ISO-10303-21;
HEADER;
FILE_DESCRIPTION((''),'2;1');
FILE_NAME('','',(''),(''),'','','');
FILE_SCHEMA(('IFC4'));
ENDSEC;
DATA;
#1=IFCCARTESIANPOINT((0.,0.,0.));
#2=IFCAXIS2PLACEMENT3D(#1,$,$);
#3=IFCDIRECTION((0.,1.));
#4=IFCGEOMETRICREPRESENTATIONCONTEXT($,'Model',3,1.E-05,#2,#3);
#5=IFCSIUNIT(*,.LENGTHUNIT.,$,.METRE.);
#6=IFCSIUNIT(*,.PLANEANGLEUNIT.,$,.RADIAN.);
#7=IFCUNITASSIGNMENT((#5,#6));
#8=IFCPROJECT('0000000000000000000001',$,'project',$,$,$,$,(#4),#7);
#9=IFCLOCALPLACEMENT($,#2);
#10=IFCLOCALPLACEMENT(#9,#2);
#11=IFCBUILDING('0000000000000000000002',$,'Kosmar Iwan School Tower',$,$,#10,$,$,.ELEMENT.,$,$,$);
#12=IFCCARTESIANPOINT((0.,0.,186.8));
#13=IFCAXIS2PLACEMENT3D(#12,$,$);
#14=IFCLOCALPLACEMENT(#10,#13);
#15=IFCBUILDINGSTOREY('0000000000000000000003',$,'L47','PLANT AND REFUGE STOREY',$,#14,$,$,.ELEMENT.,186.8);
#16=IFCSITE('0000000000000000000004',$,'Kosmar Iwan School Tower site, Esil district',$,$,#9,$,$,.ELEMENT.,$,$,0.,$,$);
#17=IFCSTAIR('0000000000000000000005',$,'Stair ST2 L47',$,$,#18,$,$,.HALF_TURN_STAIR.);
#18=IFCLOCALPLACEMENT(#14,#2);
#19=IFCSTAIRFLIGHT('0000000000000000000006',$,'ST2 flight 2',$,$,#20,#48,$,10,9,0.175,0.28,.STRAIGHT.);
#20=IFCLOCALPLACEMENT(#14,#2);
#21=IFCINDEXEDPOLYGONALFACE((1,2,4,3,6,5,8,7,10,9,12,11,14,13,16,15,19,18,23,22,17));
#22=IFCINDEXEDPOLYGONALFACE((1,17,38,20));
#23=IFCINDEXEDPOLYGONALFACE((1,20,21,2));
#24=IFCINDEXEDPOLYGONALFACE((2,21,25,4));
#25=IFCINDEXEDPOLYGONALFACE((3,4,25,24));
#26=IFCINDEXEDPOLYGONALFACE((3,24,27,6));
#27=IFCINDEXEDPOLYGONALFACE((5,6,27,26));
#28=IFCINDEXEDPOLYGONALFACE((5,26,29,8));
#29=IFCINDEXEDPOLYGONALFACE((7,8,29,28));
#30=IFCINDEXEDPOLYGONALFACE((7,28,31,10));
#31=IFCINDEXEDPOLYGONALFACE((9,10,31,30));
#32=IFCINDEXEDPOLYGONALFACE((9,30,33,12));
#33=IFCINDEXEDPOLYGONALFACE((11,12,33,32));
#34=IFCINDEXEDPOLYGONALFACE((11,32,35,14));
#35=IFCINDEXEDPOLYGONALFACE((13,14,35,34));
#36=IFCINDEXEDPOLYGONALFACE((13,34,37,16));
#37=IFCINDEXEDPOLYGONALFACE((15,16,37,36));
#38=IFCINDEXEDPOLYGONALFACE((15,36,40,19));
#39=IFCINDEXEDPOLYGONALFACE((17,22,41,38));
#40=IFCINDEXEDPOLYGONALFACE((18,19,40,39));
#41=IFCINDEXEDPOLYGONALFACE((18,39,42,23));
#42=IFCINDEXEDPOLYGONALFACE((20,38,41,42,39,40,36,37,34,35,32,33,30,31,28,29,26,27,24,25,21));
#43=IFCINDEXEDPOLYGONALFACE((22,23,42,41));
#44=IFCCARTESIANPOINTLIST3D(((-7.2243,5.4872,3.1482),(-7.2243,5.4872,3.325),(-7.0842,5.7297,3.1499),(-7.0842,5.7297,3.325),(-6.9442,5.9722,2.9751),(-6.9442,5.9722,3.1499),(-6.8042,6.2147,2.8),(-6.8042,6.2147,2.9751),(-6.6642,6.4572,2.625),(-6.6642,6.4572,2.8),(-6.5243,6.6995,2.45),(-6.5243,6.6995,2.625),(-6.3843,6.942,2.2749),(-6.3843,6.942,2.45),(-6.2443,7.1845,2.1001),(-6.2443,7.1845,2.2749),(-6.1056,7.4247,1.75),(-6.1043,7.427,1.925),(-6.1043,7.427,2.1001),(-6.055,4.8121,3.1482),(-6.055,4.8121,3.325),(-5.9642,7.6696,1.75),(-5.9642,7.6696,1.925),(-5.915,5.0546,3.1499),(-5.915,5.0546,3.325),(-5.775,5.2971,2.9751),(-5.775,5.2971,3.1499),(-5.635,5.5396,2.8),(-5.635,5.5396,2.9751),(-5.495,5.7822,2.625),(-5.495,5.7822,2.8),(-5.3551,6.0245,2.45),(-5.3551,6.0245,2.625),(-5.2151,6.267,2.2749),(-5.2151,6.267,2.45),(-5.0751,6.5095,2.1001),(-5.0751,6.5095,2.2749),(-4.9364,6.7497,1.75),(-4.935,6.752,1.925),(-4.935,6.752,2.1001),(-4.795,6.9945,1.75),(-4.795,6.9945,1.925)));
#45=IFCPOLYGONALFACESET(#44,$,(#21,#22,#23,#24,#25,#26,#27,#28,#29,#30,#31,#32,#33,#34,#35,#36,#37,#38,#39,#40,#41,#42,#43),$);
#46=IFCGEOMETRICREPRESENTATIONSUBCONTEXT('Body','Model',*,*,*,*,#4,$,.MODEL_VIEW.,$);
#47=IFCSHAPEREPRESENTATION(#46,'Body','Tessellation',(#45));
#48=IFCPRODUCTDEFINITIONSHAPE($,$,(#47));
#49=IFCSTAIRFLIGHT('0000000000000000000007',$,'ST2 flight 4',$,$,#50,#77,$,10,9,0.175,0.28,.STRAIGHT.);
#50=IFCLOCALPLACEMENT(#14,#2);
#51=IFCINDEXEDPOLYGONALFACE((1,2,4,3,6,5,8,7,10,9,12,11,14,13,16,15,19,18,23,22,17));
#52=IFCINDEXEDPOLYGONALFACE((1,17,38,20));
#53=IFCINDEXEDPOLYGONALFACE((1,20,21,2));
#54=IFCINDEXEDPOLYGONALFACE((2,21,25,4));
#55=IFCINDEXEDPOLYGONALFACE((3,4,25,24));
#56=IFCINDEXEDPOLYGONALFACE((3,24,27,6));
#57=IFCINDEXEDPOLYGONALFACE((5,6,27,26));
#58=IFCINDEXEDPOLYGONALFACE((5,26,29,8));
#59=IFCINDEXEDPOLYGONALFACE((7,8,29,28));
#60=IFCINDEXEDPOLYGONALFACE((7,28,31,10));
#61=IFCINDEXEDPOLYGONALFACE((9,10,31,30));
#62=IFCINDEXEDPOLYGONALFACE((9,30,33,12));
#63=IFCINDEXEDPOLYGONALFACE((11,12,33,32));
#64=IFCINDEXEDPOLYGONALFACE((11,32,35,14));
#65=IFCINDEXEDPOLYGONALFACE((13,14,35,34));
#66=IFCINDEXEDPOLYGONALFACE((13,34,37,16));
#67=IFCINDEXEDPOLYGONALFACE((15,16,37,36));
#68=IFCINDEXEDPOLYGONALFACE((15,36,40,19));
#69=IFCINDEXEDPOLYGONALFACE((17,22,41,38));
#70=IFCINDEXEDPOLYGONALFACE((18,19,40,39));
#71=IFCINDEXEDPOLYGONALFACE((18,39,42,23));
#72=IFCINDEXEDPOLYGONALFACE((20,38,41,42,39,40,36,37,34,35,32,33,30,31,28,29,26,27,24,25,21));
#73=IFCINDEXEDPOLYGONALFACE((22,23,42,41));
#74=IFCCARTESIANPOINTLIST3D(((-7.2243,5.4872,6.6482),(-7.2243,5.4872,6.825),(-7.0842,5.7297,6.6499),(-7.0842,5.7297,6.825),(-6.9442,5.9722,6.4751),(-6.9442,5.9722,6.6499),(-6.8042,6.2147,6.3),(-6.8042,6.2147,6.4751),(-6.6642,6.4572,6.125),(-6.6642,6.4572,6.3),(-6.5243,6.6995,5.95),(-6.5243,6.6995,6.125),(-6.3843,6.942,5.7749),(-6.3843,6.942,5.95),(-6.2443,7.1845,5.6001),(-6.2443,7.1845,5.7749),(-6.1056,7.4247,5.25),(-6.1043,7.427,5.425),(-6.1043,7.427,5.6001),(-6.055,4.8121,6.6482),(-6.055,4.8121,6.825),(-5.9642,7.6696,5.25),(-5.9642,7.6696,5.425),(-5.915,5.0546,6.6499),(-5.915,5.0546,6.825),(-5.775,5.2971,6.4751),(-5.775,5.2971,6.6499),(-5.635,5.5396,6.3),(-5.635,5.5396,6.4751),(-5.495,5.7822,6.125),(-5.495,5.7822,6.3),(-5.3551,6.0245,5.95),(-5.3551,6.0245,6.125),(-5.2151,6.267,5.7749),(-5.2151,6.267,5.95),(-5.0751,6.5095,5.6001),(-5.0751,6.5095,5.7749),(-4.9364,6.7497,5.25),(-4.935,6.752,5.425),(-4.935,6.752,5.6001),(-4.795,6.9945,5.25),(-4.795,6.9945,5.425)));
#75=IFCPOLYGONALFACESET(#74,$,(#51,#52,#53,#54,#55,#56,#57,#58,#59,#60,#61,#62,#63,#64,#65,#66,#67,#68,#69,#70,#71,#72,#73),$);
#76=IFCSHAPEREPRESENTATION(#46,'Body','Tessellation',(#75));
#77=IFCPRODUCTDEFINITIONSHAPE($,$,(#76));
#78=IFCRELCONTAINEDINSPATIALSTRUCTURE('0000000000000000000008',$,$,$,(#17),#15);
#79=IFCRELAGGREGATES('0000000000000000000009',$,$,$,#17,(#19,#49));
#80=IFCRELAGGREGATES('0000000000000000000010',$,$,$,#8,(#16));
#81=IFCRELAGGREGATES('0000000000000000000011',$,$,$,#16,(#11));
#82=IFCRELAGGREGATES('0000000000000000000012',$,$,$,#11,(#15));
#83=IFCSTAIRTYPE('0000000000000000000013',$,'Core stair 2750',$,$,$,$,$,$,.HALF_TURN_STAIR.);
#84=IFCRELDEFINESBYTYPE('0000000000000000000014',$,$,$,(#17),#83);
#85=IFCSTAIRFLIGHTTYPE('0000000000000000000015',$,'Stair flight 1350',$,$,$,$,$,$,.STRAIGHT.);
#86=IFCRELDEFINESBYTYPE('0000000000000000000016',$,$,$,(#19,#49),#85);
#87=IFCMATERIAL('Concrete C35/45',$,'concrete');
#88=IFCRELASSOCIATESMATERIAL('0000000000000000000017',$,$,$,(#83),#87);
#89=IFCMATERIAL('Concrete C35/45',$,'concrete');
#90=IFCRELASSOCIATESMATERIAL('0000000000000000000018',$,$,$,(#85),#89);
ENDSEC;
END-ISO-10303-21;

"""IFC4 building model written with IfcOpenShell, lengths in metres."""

from ifc_helpers import new_model, si_unit, direction, frame, origin, place, context, subcontext, project, spatial, polyline, outline, extrude, material, type_object, element, aggregate, save


model = new_model("IFC4")

# Units and contexts
model_context = context("Model", 3, precision=1e-05, world=origin(), true_north=direction((0.0, 1.0)))
body_context = subcontext(model_context, "Body", "Model", "MODEL_VIEW")
ifc_project = project(units=[si_unit("LENGTHUNIT", "METRE"), si_unit("PLANEANGLEUNIT", "RADIAN")], contexts=[model_context])

# Site, building, storey
site_placement = place(None, origin())
site = spatial("IfcSite", under=ifc_project, at=site_placement, Name="Kosmar Iwan School Tower site, Esil district", CompositionType="ELEMENT", RefElevation=0.0)
building_placement = place(site_placement, origin())
building = spatial("IfcBuilding", under=site, at=building_placement, Name="Kosmar Iwan School Tower", CompositionType="ELEMENT")
storey_placement = place(building_placement, frame((0.0, 0.0, 186.8)))
storey = spatial("IfcBuildingStorey", under=building, at=storey_placement, Name="L47", Description="PLANT AND REFUGE STOREY", CompositionType="ELEMENT", Elevation=186.8)

# Stair, stair flights
ifc_material_1 = material(Name="Concrete C35/45", Category="concrete")
stair_type = type_object("IfcStairType", Name="Core stair 2750", PredefinedType="HALF_TURN_STAIR", material=ifc_material_1)
stair_placement = place(storey_placement, origin())
stair = element("IfcStair", 1, at=stair_placement, inside=storey, type_object=stair_type, Name="Stair ST2 L47", PredefinedType="HALF_TURN_STAIR")
ifc_material_2 = material(Name="Concrete C35/45", Category="concrete")
stair_flight_type = type_object("IfcStairFlightType", Name="Stair flight 1350", PredefinedType="STRAIGHT", material=ifc_material_2)
stair_flight_1_placement = place(storey_placement, frame((-5.3796, 7.332, 1.75), z_axis=(0.0, 0.0, 1.0), x_axis=(-0.5, -0.866025, 0.0)))
stair_flight_1 = element("IfcStairFlight", 2, at=stair_flight_1_placement, type_object=stair_flight_type, Name="ST2 flight 2", NumberOfRisers=10, NumberOfTreads=9, PredefinedType="STRAIGHT", RiserHeight=0.175, TreadLength=0.28, context=body_context, shape_type="SweptSolid", body=[
    extrude(outline(polyline([(0.0, 0.0), (0.0, 0.175), (0.28, 0.175), (0.28, 0.3501), (0.5601, 0.3501), (0.5601, 0.5249), (0.8401, 0.5249), (0.8401, 0.7), (1.1201, 0.7), (1.1201, 0.875), (1.3999, 0.875), (1.3999, 1.05), (1.6799, 1.05), (1.6799, 1.2251), (1.96, 1.2251), (1.96, 1.3999), (2.24, 1.3999), (2.24, 1.575), (2.52, 1.575), (2.52, 1.75), (2.52, 1.3982), (0.2827, 0.0), (0.0, 0.0)])), frame((0.0, 0.675, 0.0), z_axis=(0.0, -1.0, 0.0), x_axis=(1.0, 0.0, 0.0)), (0.0, 0.0, 1.0), 1.3501),
])
stair_flight_2_placement = place(storey_placement, frame((-5.3796, 7.332, 5.25), z_axis=(0.0, 0.0, 1.0), x_axis=(-0.5, -0.866025, 0.0)))
stair_flight_2 = element("IfcStairFlight", 3, at=stair_flight_2_placement, type_object=stair_flight_type, Name="ST2 flight 4", NumberOfRisers=10, NumberOfTreads=9, PredefinedType="STRAIGHT", RiserHeight=0.175, TreadLength=0.28, context=body_context, shape_type="SweptSolid", body=[
    extrude(outline(polyline([(0.0, 0.0), (0.0, 0.175), (0.28, 0.175), (0.28, 0.3501), (0.5601, 0.3501), (0.5601, 0.5249), (0.8401, 0.5249), (0.8401, 0.7), (1.1201, 0.7), (1.1201, 0.875), (1.3999, 0.875), (1.3999, 1.05), (1.6799, 1.05), (1.6799, 1.2251), (1.96, 1.2251), (1.96, 1.3999), (2.24, 1.3999), (2.24, 1.575), (2.52, 1.575), (2.52, 1.75), (2.52, 1.3982), (0.2827, 0.0), (0.0, 0.0)])), frame((0.0, 0.675, 0.0), z_axis=(0.0, -1.0, 0.0), x_axis=(1.0, 0.0, 0.0)), (0.0, 0.0, 1.0), 1.3501),
])
aggregate(stair, [stair_flight_1, stair_flight_2])

save(model, "model.ifc")
